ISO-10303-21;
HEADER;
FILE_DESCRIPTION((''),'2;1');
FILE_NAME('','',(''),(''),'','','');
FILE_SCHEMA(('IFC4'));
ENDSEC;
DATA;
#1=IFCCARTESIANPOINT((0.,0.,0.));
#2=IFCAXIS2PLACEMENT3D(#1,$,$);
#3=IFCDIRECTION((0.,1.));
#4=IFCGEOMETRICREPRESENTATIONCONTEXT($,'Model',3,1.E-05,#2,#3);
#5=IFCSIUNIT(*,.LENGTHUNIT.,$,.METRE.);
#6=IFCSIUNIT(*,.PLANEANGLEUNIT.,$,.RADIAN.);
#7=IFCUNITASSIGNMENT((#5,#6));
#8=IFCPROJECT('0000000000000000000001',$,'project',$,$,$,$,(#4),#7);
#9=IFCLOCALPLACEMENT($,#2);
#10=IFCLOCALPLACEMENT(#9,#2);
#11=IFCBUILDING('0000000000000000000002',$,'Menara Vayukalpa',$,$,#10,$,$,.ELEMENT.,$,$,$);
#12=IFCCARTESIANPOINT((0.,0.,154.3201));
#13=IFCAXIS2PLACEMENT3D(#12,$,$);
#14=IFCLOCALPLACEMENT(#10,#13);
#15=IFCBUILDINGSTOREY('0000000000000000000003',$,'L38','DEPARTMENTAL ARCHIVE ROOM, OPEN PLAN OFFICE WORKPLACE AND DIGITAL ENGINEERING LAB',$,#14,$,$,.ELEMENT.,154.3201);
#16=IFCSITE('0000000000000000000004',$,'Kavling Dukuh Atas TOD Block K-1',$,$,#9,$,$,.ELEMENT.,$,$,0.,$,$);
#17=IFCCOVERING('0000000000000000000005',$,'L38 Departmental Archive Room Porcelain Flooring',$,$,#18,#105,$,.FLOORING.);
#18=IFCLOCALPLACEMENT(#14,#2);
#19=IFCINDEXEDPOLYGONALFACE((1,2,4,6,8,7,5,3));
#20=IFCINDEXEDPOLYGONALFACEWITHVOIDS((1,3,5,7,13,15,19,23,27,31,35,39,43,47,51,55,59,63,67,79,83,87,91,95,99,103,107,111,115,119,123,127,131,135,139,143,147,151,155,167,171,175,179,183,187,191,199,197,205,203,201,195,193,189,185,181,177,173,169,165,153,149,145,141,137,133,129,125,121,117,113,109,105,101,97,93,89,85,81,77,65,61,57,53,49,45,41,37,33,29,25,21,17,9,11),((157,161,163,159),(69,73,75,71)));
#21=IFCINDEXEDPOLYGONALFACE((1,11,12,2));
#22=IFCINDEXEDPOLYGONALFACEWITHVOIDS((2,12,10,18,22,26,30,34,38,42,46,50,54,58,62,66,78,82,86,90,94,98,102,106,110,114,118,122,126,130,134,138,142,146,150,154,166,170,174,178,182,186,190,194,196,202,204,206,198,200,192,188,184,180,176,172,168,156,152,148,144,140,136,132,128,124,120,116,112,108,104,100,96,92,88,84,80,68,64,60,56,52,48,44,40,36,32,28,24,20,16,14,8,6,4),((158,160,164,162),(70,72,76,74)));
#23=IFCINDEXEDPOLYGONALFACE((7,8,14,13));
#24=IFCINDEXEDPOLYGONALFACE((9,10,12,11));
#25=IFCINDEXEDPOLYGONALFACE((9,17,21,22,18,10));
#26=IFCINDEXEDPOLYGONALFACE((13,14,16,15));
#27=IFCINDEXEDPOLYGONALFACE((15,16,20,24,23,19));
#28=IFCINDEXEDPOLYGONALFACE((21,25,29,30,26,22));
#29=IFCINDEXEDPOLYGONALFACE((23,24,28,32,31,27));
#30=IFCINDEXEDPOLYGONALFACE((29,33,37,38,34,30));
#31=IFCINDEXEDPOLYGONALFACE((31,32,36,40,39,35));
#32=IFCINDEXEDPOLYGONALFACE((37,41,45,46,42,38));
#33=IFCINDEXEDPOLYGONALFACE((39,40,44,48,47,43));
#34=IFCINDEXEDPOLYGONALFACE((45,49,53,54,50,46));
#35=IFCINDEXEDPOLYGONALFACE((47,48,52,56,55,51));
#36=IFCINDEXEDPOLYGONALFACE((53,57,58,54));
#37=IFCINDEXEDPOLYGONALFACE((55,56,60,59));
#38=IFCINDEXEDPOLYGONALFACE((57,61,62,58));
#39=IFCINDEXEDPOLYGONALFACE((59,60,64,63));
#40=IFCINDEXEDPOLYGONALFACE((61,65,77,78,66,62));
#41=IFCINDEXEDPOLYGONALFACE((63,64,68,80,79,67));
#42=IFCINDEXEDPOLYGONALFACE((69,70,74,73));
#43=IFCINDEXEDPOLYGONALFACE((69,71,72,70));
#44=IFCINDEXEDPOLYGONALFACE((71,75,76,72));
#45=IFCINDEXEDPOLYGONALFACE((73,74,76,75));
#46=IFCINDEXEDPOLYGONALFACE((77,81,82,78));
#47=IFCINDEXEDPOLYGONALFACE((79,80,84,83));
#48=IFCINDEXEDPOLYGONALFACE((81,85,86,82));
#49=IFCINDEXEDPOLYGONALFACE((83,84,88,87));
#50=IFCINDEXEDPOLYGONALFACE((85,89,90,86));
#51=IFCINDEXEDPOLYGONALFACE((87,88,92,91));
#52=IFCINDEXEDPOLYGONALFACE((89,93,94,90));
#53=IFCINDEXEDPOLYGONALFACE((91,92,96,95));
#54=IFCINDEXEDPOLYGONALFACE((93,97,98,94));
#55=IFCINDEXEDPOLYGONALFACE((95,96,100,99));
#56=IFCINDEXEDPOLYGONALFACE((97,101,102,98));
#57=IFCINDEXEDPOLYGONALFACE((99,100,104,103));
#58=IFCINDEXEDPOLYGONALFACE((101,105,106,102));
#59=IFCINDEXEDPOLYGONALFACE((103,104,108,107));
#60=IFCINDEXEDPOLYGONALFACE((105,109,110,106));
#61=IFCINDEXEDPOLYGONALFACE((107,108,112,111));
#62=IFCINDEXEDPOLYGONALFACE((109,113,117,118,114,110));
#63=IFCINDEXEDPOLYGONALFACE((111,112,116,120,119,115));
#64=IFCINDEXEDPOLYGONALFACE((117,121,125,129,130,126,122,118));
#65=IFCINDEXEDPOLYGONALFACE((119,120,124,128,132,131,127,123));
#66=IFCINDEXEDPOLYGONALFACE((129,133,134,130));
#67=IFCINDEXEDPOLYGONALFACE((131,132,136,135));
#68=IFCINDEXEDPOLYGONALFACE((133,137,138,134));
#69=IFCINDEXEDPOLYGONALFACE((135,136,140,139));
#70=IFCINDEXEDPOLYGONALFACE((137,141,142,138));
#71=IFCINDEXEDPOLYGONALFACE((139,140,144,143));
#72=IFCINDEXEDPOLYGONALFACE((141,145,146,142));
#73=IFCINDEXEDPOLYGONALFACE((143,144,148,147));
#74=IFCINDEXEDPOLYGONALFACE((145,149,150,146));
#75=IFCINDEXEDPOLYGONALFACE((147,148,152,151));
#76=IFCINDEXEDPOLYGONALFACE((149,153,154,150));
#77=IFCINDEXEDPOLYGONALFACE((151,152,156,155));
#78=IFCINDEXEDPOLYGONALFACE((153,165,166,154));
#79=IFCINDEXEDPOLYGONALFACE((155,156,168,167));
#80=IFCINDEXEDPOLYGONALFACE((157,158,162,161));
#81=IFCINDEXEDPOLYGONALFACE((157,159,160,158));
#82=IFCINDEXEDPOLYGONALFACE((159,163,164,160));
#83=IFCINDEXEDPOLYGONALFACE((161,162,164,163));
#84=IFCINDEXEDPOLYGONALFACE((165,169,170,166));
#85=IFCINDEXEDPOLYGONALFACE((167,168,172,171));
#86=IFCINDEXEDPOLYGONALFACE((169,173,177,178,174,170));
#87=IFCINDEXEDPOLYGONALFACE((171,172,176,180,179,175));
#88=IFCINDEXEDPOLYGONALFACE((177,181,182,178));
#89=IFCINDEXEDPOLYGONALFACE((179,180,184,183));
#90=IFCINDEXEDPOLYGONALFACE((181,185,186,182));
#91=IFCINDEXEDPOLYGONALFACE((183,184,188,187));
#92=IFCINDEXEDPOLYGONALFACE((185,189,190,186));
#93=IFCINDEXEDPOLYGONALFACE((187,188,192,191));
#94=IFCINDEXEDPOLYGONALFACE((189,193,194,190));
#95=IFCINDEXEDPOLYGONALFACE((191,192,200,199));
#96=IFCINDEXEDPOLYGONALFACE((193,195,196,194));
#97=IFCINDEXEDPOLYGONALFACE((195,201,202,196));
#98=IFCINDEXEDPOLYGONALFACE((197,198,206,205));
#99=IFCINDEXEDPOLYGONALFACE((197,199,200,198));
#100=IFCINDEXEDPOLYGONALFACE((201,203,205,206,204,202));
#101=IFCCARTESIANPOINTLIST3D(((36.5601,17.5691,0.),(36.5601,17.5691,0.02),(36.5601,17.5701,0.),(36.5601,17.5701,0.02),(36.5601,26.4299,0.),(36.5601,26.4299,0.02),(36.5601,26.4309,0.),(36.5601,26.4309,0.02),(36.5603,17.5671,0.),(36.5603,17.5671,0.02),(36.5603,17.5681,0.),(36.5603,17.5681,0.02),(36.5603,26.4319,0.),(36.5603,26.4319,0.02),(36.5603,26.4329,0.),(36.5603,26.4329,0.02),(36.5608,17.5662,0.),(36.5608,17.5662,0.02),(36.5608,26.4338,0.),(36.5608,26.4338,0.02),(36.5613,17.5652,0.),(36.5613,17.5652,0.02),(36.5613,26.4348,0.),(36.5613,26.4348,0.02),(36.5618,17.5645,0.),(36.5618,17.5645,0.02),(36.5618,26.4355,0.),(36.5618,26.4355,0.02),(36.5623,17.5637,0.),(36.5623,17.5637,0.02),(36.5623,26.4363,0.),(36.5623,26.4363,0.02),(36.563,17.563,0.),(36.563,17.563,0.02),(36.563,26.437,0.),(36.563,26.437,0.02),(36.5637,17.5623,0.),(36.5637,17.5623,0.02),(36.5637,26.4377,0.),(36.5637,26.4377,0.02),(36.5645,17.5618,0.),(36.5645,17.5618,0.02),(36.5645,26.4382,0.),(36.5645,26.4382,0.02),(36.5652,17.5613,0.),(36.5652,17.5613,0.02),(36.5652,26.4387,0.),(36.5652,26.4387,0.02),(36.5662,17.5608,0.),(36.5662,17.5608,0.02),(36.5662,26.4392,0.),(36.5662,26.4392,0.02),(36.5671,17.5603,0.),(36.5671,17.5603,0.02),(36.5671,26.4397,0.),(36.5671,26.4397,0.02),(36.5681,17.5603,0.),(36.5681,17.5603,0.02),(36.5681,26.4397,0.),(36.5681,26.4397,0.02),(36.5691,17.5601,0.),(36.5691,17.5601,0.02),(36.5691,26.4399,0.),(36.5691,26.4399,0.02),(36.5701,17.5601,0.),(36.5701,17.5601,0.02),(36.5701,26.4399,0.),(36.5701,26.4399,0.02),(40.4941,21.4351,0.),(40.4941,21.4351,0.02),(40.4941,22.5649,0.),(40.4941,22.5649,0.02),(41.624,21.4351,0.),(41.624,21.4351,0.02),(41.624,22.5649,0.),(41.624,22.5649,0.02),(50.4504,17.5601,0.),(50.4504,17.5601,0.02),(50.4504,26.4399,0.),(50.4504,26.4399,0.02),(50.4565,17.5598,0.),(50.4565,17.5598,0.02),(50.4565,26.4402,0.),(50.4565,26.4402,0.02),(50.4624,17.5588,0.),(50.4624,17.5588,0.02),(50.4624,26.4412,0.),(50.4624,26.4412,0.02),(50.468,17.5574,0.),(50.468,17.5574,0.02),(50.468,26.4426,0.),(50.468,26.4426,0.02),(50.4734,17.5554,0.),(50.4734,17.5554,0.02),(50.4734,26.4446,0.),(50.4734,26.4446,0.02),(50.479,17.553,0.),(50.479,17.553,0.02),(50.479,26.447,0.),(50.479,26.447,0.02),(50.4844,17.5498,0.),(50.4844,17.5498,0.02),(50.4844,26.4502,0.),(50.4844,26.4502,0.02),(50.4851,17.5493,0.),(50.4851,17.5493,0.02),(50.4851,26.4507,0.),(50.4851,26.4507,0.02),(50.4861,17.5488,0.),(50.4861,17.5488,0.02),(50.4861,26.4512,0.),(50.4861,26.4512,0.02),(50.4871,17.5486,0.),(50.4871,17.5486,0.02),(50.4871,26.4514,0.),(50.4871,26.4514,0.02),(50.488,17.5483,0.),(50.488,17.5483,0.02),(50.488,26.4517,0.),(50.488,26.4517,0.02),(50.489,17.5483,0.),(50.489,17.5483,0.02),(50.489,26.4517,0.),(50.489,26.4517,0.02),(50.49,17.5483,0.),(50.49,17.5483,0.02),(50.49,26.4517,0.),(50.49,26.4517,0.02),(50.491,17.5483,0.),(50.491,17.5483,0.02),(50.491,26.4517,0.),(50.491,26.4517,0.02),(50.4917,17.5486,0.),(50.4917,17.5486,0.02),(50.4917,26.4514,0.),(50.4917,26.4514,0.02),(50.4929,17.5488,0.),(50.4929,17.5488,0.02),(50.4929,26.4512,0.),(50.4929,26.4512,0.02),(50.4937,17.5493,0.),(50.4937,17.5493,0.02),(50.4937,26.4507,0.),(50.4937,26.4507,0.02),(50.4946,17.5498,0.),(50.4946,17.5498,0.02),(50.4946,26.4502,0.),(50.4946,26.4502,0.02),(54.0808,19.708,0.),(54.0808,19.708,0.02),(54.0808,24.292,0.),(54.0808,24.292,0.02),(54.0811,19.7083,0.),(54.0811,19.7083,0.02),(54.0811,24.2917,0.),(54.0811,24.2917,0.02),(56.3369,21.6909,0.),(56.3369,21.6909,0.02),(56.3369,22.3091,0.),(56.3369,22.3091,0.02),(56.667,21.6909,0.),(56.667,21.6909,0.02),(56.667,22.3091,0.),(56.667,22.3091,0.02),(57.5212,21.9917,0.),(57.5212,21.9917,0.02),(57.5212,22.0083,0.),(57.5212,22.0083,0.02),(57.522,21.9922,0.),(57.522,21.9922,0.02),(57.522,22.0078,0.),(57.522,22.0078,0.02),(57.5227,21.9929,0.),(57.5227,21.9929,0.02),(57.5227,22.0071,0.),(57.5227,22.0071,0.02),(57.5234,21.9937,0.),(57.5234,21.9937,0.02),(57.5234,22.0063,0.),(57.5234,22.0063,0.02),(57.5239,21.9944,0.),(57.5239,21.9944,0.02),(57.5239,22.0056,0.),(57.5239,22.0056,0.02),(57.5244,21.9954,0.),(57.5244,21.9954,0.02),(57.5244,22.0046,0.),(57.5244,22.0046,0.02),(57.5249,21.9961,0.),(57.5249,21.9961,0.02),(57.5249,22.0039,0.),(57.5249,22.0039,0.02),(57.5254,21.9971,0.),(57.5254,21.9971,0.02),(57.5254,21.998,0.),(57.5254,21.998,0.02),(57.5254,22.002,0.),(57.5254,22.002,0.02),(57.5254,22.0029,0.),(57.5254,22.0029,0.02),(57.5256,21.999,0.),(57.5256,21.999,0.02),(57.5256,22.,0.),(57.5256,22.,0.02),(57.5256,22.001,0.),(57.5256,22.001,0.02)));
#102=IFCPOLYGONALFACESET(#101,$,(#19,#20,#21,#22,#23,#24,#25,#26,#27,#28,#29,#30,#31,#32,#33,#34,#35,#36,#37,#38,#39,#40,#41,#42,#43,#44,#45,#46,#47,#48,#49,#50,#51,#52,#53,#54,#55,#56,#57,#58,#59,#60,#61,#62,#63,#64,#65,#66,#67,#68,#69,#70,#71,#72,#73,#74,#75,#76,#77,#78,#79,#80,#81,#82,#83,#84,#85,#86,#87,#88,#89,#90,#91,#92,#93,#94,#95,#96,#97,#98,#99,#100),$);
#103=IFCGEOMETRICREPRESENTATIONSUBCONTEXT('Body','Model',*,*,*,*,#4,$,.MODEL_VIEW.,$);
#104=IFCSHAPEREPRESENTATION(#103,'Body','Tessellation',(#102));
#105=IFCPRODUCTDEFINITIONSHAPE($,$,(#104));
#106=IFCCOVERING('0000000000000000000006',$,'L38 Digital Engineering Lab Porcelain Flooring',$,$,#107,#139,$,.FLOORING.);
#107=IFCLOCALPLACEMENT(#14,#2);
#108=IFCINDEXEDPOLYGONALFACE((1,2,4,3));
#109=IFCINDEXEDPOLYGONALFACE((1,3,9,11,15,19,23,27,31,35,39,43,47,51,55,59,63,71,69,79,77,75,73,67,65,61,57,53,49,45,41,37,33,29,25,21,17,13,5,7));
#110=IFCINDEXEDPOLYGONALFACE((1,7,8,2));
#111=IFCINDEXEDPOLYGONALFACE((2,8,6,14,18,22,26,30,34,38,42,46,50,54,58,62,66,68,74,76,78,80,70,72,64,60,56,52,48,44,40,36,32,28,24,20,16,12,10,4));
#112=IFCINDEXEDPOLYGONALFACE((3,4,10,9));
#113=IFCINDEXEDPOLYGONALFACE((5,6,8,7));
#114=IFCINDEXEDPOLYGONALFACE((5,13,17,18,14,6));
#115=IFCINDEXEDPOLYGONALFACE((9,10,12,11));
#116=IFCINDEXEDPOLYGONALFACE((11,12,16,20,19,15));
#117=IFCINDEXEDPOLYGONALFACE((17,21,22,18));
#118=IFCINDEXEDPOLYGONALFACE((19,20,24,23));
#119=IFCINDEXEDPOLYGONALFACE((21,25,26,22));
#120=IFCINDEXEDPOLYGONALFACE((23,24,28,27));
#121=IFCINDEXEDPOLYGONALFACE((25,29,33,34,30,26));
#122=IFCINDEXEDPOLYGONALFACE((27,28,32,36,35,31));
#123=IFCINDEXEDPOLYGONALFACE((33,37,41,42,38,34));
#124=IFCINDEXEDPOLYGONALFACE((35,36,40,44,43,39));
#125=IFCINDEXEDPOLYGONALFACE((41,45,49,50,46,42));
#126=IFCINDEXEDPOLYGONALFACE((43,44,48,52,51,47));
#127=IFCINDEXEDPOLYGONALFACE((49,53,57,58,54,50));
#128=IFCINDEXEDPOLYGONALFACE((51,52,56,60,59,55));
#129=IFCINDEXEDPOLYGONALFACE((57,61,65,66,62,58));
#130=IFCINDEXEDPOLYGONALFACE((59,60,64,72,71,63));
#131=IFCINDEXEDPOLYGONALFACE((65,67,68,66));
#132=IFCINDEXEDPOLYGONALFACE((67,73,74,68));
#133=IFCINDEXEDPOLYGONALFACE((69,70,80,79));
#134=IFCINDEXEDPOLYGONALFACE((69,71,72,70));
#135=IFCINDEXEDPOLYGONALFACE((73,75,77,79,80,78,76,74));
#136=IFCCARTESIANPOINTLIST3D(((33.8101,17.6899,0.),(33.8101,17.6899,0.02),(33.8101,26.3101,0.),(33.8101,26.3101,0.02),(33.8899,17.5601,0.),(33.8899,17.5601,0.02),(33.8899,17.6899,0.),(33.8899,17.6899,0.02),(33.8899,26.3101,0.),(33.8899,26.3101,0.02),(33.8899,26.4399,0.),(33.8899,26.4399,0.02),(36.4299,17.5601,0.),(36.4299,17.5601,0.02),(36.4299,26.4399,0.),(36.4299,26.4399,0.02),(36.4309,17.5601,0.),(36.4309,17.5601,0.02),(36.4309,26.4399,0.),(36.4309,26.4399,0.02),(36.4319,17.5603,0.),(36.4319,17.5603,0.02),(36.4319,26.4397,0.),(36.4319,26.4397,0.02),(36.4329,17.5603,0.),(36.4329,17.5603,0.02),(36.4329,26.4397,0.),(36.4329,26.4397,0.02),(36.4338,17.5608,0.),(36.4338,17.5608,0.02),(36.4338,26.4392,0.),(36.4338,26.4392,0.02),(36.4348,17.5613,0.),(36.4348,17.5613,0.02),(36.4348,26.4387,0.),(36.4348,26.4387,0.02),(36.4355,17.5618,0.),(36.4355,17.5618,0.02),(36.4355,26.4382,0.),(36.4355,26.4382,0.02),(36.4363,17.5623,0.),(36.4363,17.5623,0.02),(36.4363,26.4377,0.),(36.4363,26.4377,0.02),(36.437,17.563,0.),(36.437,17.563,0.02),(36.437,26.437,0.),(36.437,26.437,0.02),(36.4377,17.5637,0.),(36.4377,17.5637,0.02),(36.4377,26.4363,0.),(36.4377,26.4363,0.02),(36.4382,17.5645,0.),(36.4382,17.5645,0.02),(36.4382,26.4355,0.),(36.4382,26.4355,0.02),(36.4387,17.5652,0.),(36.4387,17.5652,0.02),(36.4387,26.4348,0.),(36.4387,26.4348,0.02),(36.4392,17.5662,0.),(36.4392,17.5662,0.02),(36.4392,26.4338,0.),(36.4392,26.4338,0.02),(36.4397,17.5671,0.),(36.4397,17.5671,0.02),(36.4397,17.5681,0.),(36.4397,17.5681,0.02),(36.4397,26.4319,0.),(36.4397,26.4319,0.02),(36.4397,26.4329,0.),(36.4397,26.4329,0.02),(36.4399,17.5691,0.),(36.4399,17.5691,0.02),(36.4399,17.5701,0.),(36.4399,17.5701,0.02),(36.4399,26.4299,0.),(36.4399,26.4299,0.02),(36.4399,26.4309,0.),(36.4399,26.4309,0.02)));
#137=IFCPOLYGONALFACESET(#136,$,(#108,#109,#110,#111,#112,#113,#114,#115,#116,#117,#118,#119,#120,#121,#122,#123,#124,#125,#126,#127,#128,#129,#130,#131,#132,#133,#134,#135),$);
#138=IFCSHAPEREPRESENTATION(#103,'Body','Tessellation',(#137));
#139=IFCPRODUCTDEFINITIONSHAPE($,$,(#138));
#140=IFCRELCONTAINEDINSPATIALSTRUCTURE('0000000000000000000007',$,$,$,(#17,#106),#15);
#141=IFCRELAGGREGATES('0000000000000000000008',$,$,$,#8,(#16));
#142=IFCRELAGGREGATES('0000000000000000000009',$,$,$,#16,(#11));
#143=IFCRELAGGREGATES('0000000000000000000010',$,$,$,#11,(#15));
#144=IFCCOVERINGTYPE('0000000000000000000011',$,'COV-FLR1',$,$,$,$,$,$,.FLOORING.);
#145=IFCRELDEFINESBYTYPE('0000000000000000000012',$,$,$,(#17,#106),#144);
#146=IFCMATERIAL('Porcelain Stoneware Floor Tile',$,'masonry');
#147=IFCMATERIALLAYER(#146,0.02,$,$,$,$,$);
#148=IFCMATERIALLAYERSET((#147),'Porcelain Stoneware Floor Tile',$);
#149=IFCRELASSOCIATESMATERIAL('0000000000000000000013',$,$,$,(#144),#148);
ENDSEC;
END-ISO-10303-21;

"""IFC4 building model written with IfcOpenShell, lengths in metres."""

from ifc_helpers import new_model, si_unit, direction, frame, origin, place, context, subcontext, project, spatial, polyline, outline, extrude, material, layer, layer_set, type_object, element, save


model = new_model("IFC4")

# Units and contexts
model_context = context("Model", 3, precision=1e-05, world=origin(), true_north=direction((0.0, 1.0)))
body_context = subcontext(model_context, "Body", "Model", "MODEL_VIEW")
ifc_project = project(units=[si_unit("LENGTHUNIT", "METRE"), si_unit("PLANEANGLEUNIT", "RADIAN")], contexts=[model_context])

# Site, building, storey
site_placement = place(None, origin())
site = spatial("IfcSite", under=ifc_project, at=site_placement, Name="Kavling Dukuh Atas TOD Block K-1", CompositionType="ELEMENT", RefElevation=0.0)
building_placement = place(site_placement, origin())
building = spatial("IfcBuilding", under=site, at=building_placement, Name="Menara Vayukalpa", CompositionType="ELEMENT")
storey_placement = place(building_placement, frame((0.0, 0.0, 154.3201)))
storey = spatial("IfcBuildingStorey", under=building, at=storey_placement, Name="L38", Description="DEPARTMENTAL ARCHIVE ROOM, OPEN PLAN OFFICE WORKPLACE AND DIGITAL ENGINEERING LAB", CompositionType="ELEMENT", Elevation=154.3201)

# Coverings
ifc_material_1 = material(Name="Porcelain Stoneware Floor Tile", Category="masonry")
ifc_layer_1 = layer(ifc_material_1, 0.02)
ifc_layer_set_1 = layer_set([ifc_layer_1], Name="Porcelain Stoneware Floor Tile")
covering_type_1 = type_object("IfcCoveringType", Name="COV-FLR1", PredefinedType="FLOORING", material=ifc_layer_set_1)
covering_1_placement = place(storey_placement, origin())
element("IfcCovering", 1, at=covering_1_placement, inside=storey, type_object=covering_type_1, Name="L38 Departmental Archive Room Porcelain Flooring", PredefinedType="FLOORING", context=body_context, shape_type="SweptSolid", body=[
    extrude(outline(polyline([(57.522, 22.0078), (57.5227, 22.0071), (57.5234, 22.0063), (57.5239, 22.0056), (57.5244, 22.0046), (57.5249, 22.0039), (57.5254, 22.0029), (57.5254, 22.002), (57.5256, 22.001), (57.5256, 22.0), (57.5256, 21.999), (57.5254, 21.998), (57.5254, 21.9971), (57.5249, 21.9961), (57.5244, 21.9954), (57.5239, 21.9944), (57.5234, 21.9937), (57.5227, 21.9929), (57.522, 21.9922), (57.5212, 21.9917), (54.0811, 19.7083), (54.0808, 19.708), (50.4946, 17.5498), (50.4937, 17.5493), (50.4929, 17.5488), (50.4917, 17.5486), (50.491, 17.5483), (50.49, 17.5483), (50.489, 17.5483), (50.488, 17.5483), (50.4871, 17.5486), (50.4861, 17.5488), (50.4851, 17.5493), (50.4844, 17.5498), (50.479, 17.553), (50.4734, 17.5554), (50.468, 17.5574), (50.4624, 17.5588), (50.4565, 17.5598), (50.4504, 17.5601), (36.5701, 17.5601), (36.5691, 17.5601), (36.5681, 17.5603), (36.5671, 17.5603), (36.5662, 17.5608), (36.5652, 17.5613), (36.5645, 17.5618), (36.5637, 17.5623), (36.563, 17.563), (36.5623, 17.5637), (36.5618, 17.5645), (36.5613, 17.5652), (36.5608, 17.5662), (36.5603, 17.5671), (36.5603, 17.5681), (36.5601, 17.5691), (36.5601, 17.5701), (36.5601, 26.4299), (36.5601, 26.4309), (36.5603, 26.4319), (36.5603, 26.4329), (36.5608, 26.4338), (36.5613, 26.4348), (36.5618, 26.4355), (36.5623, 26.4363), (36.563, 26.437), (36.5637, 26.4377), (36.5645, 26.4382), (36.5652, 26.4387), (36.5662, 26.4392), (36.5671, 26.4397), (36.5681, 26.4397), (36.5691, 26.4399), (36.5701, 26.4399), (50.4504, 26.4399), (50.4565, 26.4402), (50.4624, 26.4412), (50.468, 26.4426), (50.4734, 26.4446), (50.479, 26.447), (50.4844, 26.4502), (50.4851, 26.4507), (50.4861, 26.4512), (50.4871, 26.4514), (50.488, 26.4517), (50.489, 26.4517), (50.49, 26.4517), (50.491, 26.4517), (50.4917, 26.4514), (50.4929, 26.4512), (50.4937, 26.4507), (50.4946, 26.4502), (54.0808, 24.292), (54.0811, 24.2917), (57.5212, 22.0083), (57.522, 22.0078)]), holes=[polyline([(41.624, 22.5649), (40.4941, 22.5649), (40.4941, 21.4351), (41.624, 21.4351), (41.624, 22.5649)]), polyline([(56.667, 22.3091), (56.3369, 22.3091), (56.3369, 21.6909), (56.667, 21.6909), (56.667, 22.3091)])]), origin(), (0.0, 0.0, 1.0), 0.02),
])
covering_2_placement = place(storey_placement, origin())
element("IfcCovering", 2, at=covering_2_placement, inside=storey, type_object=covering_type_1, Name="L38 Digital Engineering Lab Porcelain Flooring", PredefinedType="FLOORING", context=body_context, shape_type="SweptSolid", body=[
    extrude(outline(polyline([(36.4299, 26.4399), (36.4309, 26.4399), (36.4319, 26.4397), (36.4329, 26.4397), (36.4338, 26.4392), (36.4348, 26.4387), (36.4355, 26.4382), (36.4363, 26.4377), (36.437, 26.437), (36.4377, 26.4363), (36.4382, 26.4355), (36.4387, 26.4348), (36.4392, 26.4338), (36.4397, 26.4329), (36.4397, 26.4319), (36.4399, 26.4309), (36.4399, 26.4299), (36.4399, 17.5701), (36.4399, 17.5691), (36.4397, 17.5681), (36.4397, 17.5671), (36.4392, 17.5662), (36.4387, 17.5652), (36.4382, 17.5645), (36.4377, 17.5637), (36.437, 17.563), (36.4363, 17.5623), (36.4355, 17.5618), (36.4348, 17.5613), (36.4338, 17.5608), (36.4329, 17.5603), (36.4319, 17.5603), (36.4309, 17.5601), (36.4299, 17.5601), (33.8899, 17.5601), (33.8899, 17.6899), (33.8101, 17.6899), (33.8101, 26.3101), (33.8899, 26.3101), (33.8899, 26.4399), (36.4299, 26.4399)])), origin(), (0.0, 0.0, 1.0), 0.02),
])

save(model, "model.ifc")
